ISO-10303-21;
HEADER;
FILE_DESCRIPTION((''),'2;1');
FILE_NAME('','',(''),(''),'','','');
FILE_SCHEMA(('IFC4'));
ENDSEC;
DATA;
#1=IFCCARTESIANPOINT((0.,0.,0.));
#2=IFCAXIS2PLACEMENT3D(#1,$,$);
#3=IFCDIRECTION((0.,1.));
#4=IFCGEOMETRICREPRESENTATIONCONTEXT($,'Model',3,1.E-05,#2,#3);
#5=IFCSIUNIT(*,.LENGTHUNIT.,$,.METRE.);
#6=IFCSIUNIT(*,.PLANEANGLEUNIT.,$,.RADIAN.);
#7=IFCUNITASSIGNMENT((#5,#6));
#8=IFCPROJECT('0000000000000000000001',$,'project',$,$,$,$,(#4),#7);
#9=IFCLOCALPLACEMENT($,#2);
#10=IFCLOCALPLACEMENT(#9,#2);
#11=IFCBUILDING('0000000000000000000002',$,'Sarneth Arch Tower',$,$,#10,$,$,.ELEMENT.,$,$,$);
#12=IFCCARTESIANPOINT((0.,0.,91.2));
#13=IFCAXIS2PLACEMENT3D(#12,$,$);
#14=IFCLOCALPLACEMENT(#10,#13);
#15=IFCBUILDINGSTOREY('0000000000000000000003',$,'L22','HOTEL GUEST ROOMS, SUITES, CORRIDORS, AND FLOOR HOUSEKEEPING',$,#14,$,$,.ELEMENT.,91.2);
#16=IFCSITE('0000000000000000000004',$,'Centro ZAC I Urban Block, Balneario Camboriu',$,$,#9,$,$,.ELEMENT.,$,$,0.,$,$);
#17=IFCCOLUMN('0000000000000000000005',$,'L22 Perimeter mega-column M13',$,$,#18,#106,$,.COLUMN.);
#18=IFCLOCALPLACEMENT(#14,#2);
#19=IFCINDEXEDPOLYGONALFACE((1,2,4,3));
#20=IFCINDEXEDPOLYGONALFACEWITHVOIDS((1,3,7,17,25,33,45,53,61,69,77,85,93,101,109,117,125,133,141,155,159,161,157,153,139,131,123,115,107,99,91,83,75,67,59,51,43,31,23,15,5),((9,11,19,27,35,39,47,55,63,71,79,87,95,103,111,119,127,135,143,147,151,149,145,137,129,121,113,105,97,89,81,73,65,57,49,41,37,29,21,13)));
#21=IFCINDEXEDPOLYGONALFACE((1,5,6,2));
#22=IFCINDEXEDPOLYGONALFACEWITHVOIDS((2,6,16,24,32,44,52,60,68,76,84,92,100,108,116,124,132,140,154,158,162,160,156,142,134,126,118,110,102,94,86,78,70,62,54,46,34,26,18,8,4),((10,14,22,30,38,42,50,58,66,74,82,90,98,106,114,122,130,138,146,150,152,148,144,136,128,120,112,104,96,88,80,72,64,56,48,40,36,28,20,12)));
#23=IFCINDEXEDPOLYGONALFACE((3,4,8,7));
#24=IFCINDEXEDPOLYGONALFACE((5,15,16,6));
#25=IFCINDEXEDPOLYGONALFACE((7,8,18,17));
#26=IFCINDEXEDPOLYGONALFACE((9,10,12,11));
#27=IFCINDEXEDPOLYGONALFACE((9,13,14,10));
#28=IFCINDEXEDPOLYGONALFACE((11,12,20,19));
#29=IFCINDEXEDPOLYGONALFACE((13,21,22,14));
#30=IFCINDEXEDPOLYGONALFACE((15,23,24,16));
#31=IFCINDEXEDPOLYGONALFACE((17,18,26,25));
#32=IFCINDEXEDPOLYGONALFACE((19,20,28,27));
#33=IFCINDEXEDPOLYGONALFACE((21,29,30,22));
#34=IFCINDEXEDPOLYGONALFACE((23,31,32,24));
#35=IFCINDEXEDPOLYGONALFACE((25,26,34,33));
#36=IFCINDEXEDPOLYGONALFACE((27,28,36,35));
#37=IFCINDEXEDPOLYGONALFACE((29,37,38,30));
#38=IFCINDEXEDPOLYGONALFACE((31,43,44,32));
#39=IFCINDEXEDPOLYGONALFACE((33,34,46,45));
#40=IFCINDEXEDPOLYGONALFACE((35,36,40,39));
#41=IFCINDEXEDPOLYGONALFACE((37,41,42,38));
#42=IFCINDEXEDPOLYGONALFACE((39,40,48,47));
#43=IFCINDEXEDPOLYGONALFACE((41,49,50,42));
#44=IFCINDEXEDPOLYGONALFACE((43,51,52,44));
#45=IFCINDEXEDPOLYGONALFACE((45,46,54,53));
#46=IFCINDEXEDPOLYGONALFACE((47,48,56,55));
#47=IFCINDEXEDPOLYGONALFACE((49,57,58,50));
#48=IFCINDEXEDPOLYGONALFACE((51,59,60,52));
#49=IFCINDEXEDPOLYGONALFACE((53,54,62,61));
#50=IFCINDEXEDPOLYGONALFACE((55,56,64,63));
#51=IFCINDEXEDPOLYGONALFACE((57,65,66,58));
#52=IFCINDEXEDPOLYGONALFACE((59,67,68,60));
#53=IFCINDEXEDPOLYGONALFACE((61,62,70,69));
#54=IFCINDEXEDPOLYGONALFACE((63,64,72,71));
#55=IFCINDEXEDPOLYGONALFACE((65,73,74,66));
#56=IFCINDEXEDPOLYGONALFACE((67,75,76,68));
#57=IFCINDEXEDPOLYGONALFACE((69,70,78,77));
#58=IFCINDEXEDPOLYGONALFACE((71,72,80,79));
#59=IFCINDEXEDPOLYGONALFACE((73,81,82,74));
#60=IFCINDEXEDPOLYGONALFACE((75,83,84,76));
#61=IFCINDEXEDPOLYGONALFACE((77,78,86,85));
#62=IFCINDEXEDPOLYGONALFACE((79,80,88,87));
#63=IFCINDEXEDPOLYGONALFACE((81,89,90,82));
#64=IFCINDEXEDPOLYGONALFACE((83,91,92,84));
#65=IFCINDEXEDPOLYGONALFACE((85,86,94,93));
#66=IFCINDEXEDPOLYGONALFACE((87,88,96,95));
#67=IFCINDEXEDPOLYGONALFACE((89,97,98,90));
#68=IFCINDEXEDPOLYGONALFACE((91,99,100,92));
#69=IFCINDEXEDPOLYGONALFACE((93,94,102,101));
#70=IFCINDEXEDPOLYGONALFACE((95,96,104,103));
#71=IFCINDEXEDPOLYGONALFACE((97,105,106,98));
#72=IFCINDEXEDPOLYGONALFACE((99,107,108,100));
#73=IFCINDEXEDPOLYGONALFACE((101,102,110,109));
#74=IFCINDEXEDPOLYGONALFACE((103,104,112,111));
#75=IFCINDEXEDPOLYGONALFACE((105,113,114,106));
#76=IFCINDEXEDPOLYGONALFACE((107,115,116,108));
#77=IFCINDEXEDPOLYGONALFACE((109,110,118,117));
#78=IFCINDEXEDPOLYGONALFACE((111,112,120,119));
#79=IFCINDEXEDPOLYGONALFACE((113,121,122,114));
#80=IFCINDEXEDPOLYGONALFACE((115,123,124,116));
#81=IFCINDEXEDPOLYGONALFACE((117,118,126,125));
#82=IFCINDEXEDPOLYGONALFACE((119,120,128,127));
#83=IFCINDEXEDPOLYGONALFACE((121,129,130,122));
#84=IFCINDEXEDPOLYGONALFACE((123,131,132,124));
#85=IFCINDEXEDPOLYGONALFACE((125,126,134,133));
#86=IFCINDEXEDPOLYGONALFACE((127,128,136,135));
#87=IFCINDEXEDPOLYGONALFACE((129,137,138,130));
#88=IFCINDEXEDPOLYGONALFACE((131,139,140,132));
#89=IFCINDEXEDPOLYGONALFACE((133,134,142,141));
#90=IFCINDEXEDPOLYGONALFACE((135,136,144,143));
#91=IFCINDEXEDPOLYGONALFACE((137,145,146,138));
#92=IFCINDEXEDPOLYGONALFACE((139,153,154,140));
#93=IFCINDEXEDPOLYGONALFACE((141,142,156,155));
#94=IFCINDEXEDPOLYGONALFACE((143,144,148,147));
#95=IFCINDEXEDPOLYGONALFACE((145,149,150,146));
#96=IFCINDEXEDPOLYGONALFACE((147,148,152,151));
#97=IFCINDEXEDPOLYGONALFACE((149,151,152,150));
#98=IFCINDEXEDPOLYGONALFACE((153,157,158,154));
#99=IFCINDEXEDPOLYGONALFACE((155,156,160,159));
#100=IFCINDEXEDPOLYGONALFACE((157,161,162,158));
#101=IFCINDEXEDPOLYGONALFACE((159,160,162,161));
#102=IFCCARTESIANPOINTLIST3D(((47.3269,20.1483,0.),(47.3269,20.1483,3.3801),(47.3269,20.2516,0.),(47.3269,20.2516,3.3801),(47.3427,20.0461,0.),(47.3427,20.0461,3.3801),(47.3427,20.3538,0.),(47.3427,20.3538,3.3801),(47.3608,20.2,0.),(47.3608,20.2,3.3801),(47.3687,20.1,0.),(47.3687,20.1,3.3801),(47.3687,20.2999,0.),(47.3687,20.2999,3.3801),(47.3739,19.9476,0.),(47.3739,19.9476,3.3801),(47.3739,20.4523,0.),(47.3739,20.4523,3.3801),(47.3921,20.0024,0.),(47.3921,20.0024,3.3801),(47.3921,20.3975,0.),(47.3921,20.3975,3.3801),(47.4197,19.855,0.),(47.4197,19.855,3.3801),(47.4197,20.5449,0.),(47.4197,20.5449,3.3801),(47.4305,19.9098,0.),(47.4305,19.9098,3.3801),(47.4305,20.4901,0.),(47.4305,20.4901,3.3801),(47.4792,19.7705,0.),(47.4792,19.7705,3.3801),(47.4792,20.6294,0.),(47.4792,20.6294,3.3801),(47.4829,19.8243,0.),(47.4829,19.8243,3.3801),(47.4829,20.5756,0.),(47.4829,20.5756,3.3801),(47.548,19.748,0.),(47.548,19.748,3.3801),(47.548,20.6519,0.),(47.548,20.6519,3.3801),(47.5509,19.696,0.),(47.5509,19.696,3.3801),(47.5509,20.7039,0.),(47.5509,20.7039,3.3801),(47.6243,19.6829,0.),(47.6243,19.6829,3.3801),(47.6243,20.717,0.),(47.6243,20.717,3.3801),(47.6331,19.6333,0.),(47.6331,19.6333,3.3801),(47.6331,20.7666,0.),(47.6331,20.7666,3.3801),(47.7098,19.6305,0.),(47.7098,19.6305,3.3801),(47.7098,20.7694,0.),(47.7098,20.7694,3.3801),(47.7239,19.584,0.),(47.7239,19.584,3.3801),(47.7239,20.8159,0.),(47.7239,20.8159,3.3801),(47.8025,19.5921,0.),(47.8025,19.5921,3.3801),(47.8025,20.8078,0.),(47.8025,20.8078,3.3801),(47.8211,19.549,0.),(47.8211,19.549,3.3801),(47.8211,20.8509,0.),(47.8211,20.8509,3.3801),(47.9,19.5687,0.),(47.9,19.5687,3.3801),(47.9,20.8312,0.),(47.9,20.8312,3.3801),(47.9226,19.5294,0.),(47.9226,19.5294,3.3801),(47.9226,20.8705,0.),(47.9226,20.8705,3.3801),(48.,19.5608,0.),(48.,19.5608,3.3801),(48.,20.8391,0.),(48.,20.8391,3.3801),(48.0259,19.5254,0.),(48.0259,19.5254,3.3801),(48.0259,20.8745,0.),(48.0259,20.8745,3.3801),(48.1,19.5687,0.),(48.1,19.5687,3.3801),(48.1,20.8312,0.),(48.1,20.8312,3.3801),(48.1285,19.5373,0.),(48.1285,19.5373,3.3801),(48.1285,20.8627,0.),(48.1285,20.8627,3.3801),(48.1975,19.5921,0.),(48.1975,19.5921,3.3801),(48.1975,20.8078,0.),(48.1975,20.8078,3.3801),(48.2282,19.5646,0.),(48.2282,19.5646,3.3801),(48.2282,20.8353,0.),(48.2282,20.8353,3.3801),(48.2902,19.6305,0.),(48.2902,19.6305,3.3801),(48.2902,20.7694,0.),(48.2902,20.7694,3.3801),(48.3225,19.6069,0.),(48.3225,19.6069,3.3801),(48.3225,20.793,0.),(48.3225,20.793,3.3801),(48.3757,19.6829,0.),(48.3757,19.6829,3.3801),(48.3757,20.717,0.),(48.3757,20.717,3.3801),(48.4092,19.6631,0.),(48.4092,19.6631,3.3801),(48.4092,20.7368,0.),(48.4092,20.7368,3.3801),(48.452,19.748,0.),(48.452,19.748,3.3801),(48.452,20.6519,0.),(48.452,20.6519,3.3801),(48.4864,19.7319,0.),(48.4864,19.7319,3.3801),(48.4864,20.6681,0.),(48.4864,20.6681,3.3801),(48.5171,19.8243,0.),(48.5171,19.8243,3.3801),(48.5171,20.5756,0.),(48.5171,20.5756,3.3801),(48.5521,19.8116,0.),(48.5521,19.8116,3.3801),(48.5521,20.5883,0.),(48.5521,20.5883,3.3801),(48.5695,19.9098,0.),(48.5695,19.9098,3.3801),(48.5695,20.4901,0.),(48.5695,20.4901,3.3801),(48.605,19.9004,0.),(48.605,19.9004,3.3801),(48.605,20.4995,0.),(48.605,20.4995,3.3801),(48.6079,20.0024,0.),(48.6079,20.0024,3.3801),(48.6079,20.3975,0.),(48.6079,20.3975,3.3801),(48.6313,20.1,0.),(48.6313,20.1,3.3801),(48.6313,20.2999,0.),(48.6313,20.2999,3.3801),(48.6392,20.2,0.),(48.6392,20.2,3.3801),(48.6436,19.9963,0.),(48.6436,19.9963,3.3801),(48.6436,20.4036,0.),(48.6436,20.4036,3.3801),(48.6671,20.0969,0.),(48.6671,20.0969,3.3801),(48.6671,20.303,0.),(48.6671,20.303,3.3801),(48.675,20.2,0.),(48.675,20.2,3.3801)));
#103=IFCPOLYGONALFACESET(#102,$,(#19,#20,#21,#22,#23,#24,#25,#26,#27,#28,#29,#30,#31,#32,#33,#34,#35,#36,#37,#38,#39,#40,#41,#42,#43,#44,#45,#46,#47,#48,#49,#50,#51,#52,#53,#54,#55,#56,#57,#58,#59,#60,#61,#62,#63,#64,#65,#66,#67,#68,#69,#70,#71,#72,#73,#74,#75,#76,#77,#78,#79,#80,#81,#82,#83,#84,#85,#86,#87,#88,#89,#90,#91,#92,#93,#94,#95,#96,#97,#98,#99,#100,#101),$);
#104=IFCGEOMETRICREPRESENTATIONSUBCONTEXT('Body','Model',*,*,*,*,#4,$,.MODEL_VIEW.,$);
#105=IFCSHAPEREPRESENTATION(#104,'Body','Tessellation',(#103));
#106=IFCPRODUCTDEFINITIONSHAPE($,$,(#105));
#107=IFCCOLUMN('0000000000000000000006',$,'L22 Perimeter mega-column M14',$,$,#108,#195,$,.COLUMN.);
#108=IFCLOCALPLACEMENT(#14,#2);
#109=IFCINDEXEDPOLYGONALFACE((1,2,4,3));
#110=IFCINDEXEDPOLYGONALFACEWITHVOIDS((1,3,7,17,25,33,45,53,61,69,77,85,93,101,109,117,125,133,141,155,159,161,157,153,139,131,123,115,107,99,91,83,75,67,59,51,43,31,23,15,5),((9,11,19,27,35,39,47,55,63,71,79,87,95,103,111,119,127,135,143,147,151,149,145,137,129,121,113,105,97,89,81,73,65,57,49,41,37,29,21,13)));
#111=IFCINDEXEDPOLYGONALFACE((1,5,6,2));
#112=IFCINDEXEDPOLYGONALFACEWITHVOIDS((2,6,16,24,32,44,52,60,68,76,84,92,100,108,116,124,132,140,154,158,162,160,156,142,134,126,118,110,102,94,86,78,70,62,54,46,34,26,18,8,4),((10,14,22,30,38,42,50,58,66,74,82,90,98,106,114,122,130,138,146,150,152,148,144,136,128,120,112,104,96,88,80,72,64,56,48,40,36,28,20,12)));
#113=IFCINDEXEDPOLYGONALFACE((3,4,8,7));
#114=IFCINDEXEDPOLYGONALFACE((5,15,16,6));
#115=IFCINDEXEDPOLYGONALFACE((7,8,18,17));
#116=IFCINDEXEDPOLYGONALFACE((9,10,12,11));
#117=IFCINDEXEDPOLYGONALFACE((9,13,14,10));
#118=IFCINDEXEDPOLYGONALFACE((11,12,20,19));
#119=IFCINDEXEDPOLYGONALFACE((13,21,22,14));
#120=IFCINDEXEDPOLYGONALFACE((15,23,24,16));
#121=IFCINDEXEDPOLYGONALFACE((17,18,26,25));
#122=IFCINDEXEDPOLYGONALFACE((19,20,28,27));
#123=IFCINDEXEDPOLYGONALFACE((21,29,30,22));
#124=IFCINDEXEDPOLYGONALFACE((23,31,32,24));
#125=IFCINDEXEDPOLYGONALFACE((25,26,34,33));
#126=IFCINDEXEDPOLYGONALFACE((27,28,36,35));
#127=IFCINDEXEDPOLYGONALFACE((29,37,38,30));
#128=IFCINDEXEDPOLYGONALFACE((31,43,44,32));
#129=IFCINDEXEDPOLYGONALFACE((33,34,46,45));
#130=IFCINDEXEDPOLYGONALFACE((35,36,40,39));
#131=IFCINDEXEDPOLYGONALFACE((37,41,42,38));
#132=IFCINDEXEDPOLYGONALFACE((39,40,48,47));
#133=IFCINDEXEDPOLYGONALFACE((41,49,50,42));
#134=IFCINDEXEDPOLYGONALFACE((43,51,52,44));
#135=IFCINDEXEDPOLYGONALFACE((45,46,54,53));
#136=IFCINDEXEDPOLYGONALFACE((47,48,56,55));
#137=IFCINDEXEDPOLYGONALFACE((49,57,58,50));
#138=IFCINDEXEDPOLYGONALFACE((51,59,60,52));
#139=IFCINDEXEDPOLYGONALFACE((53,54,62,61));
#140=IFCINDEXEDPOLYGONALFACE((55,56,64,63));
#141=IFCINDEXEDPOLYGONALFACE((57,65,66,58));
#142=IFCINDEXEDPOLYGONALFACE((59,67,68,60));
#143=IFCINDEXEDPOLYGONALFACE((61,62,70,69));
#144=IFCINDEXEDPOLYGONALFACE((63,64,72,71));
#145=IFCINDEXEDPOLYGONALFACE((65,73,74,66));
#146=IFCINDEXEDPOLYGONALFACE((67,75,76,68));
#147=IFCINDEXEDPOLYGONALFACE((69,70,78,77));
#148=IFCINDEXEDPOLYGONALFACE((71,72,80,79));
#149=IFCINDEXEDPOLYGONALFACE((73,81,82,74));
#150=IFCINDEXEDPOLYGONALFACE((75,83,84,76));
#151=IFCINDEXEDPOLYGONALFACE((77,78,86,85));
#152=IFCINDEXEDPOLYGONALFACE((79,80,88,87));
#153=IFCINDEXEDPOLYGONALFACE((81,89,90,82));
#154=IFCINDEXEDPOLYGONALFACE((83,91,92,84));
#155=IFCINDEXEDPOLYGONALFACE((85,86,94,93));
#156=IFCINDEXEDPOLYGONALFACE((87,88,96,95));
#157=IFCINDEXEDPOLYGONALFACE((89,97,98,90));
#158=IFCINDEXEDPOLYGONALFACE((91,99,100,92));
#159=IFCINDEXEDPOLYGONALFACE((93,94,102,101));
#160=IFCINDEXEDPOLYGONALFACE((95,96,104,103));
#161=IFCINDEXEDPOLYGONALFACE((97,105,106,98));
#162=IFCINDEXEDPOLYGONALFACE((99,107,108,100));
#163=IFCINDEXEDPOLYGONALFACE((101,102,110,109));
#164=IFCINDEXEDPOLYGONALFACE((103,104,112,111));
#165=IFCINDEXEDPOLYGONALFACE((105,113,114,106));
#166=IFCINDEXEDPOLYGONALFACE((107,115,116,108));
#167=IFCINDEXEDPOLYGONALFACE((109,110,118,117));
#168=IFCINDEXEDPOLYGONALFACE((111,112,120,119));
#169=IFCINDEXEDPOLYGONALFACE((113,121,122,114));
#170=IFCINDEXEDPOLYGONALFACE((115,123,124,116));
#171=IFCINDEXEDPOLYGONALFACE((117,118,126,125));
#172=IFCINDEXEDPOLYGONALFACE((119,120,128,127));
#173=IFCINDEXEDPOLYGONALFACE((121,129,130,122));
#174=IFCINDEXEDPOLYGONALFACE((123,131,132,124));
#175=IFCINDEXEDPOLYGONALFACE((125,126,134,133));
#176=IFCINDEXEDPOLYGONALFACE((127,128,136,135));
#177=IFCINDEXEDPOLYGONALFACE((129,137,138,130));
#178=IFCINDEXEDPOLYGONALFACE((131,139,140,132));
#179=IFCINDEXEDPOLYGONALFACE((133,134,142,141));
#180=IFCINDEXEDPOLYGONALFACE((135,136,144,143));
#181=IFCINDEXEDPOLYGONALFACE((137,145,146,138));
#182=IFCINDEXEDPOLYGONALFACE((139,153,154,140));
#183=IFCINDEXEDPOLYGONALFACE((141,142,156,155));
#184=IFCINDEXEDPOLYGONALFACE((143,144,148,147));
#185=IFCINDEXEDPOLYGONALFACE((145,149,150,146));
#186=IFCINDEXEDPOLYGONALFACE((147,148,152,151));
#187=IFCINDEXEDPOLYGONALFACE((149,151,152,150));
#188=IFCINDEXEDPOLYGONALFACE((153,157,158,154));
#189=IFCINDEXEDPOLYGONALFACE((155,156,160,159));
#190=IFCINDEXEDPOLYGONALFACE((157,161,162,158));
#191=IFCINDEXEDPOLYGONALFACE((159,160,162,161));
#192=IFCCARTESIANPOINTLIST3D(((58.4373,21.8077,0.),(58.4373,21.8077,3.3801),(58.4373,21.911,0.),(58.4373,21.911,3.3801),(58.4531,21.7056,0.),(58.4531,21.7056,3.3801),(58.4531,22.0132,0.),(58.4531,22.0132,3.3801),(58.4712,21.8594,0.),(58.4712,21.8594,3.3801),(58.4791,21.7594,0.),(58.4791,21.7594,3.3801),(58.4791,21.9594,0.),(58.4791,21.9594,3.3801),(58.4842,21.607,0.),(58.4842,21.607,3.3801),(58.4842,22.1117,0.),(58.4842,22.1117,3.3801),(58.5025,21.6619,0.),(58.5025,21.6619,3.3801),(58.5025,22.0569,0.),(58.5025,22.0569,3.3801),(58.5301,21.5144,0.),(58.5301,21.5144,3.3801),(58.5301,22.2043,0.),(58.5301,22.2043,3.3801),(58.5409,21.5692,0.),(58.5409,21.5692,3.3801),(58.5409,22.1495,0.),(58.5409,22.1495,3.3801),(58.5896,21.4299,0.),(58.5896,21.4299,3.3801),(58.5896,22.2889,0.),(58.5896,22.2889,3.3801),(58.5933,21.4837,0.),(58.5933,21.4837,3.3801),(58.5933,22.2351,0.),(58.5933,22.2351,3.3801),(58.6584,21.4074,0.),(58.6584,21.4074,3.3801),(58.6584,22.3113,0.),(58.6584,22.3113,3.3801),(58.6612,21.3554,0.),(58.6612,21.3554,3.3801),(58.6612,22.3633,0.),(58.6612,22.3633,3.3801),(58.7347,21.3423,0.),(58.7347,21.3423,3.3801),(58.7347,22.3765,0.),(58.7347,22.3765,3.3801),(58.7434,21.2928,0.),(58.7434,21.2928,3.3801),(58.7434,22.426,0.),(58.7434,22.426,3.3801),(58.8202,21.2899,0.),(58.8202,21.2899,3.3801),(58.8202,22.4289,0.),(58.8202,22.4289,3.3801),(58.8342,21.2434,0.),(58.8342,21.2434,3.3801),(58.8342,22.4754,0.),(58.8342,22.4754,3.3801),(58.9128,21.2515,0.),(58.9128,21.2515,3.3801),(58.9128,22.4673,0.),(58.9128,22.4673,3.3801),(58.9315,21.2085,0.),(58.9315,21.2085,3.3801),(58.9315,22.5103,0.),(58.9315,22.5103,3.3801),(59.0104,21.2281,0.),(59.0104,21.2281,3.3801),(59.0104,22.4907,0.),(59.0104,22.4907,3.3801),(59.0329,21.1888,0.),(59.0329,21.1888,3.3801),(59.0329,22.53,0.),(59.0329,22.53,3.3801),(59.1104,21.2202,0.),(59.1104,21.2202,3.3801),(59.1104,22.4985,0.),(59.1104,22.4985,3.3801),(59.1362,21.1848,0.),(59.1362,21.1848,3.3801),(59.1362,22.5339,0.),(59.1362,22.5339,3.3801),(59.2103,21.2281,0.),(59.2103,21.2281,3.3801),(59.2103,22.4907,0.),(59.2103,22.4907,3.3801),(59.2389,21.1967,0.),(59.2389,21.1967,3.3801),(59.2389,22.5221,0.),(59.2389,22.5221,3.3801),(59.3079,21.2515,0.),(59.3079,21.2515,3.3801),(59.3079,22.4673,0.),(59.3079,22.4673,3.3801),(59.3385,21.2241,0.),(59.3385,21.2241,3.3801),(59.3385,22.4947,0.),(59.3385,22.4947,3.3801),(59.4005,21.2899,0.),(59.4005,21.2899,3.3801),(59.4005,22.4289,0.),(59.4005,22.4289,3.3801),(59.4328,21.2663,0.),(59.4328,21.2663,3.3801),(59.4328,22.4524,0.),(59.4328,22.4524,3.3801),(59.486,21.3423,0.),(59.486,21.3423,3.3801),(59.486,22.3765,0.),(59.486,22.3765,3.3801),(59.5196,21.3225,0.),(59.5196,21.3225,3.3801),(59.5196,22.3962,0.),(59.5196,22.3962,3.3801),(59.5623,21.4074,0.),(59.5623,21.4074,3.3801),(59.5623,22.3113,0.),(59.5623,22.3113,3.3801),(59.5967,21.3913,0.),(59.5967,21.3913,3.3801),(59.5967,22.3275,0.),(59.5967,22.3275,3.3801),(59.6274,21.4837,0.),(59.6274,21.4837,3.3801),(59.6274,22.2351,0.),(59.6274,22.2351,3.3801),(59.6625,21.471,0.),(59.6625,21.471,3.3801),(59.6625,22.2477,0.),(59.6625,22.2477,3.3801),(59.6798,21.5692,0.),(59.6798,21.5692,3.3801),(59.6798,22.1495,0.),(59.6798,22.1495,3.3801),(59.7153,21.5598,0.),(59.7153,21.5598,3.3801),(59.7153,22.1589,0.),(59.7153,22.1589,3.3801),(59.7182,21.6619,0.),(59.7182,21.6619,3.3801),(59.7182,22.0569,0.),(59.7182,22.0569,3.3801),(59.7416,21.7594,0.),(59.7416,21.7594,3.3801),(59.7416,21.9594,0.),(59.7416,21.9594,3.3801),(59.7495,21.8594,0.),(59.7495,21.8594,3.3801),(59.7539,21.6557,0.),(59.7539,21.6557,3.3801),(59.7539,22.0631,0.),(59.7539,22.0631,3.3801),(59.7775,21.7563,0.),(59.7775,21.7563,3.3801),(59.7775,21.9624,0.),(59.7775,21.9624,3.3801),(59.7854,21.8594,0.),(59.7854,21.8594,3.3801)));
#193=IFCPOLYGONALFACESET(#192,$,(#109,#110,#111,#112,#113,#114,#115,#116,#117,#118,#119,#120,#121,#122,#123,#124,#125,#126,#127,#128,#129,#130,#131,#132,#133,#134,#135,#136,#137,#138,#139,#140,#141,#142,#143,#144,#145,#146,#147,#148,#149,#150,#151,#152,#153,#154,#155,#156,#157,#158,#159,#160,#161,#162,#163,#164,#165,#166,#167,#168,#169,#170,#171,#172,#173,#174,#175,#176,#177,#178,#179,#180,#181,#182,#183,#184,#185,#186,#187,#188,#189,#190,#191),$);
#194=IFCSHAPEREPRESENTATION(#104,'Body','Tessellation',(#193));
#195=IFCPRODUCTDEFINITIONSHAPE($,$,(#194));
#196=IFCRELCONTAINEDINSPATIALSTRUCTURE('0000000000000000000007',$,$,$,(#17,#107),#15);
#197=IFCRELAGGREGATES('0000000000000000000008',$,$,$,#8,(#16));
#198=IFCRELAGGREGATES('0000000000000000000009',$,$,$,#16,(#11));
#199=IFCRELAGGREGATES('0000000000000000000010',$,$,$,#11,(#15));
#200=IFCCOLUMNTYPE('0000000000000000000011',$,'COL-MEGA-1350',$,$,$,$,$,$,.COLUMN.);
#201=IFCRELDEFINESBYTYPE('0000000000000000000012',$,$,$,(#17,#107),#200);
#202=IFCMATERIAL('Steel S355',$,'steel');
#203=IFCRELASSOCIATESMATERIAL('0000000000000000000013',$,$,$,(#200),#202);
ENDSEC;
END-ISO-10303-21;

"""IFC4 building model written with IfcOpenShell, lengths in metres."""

from ifc_helpers import new_model, si_unit, direction, frame, origin, origin_2d, place, context, subcontext, project, spatial, hollow_circle, extrude, material, material_profile, profile_set, type_object, element, save


model = new_model("IFC4")

# Units and contexts
model_context = context("Model", 3, precision=1e-05, world=origin(), true_north=direction((0.0, 1.0)))
body_context = subcontext(model_context, "Body", "Model", "MODEL_VIEW")
ifc_project = project(units=[si_unit("LENGTHUNIT", "METRE"), si_unit("PLANEANGLEUNIT", "RADIAN")], contexts=[model_context])

# Site, building, storey
site_placement = place(None, origin())
site = spatial("IfcSite", under=ifc_project, at=site_placement, Name="Centro ZAC I Urban Block, Balneario Camboriu", CompositionType="ELEMENT", RefElevation=0.0)
building_placement = place(site_placement, origin())
building = spatial("IfcBuilding", under=site, at=building_placement, Name="Sarneth Arch Tower", CompositionType="ELEMENT")
storey_placement = place(building_placement, frame((0.0, 0.0, 91.2)))
storey = spatial("IfcBuildingStorey", under=building, at=storey_placement, Name="L22", Description="HOTEL GUEST ROOMS, SUITES, CORRIDORS, AND FLOOR HOUSEKEEPING", CompositionType="ELEMENT", Elevation=91.2)

# Columns
ifc_material_1 = material(Name="Steel S355", Category="steel")
ifc_material_profile_1 = material_profile(ifc_material_1, hollow_circle(Radius=0.675, WallThickness=0.0359, at=origin_2d()), Name="CHS1350x36")
ifc_profile_set_1 = profile_set([ifc_material_profile_1], Name="Steel S355")
column_type = type_object("IfcColumnType", Name="COL-MEGA-1350", PredefinedType="COLUMN", material=ifc_profile_set_1)
for number, where, z_axis, x_axis, name in (
    (1, (48.0, 20.2, 0.0), (0.0, 0.0, 1.0), (1.0, 0.0, 0.0), "L22 Perimeter mega-column M13"),
    (2, (59.1104, 21.8594, 0.0), (0.0, 0.0, 1.0), (1.0, 0.0, 0.0), "L22 Perimeter mega-column M14"),
):
    element("IfcColumn", number, at=place(storey_placement, frame(where, z_axis=z_axis, x_axis=x_axis)), inside=storey, type_object=column_type, Name=name, PredefinedType="COLUMN", context=body_context, shape_type="SweptSolid", body=[
        extrude(hollow_circle(Radius=0.675, WallThickness=0.0359, at=origin_2d()), origin(), (0.0, 0.0, 1.0), 3.3801),
    ])

save(model, "model.ifc")
